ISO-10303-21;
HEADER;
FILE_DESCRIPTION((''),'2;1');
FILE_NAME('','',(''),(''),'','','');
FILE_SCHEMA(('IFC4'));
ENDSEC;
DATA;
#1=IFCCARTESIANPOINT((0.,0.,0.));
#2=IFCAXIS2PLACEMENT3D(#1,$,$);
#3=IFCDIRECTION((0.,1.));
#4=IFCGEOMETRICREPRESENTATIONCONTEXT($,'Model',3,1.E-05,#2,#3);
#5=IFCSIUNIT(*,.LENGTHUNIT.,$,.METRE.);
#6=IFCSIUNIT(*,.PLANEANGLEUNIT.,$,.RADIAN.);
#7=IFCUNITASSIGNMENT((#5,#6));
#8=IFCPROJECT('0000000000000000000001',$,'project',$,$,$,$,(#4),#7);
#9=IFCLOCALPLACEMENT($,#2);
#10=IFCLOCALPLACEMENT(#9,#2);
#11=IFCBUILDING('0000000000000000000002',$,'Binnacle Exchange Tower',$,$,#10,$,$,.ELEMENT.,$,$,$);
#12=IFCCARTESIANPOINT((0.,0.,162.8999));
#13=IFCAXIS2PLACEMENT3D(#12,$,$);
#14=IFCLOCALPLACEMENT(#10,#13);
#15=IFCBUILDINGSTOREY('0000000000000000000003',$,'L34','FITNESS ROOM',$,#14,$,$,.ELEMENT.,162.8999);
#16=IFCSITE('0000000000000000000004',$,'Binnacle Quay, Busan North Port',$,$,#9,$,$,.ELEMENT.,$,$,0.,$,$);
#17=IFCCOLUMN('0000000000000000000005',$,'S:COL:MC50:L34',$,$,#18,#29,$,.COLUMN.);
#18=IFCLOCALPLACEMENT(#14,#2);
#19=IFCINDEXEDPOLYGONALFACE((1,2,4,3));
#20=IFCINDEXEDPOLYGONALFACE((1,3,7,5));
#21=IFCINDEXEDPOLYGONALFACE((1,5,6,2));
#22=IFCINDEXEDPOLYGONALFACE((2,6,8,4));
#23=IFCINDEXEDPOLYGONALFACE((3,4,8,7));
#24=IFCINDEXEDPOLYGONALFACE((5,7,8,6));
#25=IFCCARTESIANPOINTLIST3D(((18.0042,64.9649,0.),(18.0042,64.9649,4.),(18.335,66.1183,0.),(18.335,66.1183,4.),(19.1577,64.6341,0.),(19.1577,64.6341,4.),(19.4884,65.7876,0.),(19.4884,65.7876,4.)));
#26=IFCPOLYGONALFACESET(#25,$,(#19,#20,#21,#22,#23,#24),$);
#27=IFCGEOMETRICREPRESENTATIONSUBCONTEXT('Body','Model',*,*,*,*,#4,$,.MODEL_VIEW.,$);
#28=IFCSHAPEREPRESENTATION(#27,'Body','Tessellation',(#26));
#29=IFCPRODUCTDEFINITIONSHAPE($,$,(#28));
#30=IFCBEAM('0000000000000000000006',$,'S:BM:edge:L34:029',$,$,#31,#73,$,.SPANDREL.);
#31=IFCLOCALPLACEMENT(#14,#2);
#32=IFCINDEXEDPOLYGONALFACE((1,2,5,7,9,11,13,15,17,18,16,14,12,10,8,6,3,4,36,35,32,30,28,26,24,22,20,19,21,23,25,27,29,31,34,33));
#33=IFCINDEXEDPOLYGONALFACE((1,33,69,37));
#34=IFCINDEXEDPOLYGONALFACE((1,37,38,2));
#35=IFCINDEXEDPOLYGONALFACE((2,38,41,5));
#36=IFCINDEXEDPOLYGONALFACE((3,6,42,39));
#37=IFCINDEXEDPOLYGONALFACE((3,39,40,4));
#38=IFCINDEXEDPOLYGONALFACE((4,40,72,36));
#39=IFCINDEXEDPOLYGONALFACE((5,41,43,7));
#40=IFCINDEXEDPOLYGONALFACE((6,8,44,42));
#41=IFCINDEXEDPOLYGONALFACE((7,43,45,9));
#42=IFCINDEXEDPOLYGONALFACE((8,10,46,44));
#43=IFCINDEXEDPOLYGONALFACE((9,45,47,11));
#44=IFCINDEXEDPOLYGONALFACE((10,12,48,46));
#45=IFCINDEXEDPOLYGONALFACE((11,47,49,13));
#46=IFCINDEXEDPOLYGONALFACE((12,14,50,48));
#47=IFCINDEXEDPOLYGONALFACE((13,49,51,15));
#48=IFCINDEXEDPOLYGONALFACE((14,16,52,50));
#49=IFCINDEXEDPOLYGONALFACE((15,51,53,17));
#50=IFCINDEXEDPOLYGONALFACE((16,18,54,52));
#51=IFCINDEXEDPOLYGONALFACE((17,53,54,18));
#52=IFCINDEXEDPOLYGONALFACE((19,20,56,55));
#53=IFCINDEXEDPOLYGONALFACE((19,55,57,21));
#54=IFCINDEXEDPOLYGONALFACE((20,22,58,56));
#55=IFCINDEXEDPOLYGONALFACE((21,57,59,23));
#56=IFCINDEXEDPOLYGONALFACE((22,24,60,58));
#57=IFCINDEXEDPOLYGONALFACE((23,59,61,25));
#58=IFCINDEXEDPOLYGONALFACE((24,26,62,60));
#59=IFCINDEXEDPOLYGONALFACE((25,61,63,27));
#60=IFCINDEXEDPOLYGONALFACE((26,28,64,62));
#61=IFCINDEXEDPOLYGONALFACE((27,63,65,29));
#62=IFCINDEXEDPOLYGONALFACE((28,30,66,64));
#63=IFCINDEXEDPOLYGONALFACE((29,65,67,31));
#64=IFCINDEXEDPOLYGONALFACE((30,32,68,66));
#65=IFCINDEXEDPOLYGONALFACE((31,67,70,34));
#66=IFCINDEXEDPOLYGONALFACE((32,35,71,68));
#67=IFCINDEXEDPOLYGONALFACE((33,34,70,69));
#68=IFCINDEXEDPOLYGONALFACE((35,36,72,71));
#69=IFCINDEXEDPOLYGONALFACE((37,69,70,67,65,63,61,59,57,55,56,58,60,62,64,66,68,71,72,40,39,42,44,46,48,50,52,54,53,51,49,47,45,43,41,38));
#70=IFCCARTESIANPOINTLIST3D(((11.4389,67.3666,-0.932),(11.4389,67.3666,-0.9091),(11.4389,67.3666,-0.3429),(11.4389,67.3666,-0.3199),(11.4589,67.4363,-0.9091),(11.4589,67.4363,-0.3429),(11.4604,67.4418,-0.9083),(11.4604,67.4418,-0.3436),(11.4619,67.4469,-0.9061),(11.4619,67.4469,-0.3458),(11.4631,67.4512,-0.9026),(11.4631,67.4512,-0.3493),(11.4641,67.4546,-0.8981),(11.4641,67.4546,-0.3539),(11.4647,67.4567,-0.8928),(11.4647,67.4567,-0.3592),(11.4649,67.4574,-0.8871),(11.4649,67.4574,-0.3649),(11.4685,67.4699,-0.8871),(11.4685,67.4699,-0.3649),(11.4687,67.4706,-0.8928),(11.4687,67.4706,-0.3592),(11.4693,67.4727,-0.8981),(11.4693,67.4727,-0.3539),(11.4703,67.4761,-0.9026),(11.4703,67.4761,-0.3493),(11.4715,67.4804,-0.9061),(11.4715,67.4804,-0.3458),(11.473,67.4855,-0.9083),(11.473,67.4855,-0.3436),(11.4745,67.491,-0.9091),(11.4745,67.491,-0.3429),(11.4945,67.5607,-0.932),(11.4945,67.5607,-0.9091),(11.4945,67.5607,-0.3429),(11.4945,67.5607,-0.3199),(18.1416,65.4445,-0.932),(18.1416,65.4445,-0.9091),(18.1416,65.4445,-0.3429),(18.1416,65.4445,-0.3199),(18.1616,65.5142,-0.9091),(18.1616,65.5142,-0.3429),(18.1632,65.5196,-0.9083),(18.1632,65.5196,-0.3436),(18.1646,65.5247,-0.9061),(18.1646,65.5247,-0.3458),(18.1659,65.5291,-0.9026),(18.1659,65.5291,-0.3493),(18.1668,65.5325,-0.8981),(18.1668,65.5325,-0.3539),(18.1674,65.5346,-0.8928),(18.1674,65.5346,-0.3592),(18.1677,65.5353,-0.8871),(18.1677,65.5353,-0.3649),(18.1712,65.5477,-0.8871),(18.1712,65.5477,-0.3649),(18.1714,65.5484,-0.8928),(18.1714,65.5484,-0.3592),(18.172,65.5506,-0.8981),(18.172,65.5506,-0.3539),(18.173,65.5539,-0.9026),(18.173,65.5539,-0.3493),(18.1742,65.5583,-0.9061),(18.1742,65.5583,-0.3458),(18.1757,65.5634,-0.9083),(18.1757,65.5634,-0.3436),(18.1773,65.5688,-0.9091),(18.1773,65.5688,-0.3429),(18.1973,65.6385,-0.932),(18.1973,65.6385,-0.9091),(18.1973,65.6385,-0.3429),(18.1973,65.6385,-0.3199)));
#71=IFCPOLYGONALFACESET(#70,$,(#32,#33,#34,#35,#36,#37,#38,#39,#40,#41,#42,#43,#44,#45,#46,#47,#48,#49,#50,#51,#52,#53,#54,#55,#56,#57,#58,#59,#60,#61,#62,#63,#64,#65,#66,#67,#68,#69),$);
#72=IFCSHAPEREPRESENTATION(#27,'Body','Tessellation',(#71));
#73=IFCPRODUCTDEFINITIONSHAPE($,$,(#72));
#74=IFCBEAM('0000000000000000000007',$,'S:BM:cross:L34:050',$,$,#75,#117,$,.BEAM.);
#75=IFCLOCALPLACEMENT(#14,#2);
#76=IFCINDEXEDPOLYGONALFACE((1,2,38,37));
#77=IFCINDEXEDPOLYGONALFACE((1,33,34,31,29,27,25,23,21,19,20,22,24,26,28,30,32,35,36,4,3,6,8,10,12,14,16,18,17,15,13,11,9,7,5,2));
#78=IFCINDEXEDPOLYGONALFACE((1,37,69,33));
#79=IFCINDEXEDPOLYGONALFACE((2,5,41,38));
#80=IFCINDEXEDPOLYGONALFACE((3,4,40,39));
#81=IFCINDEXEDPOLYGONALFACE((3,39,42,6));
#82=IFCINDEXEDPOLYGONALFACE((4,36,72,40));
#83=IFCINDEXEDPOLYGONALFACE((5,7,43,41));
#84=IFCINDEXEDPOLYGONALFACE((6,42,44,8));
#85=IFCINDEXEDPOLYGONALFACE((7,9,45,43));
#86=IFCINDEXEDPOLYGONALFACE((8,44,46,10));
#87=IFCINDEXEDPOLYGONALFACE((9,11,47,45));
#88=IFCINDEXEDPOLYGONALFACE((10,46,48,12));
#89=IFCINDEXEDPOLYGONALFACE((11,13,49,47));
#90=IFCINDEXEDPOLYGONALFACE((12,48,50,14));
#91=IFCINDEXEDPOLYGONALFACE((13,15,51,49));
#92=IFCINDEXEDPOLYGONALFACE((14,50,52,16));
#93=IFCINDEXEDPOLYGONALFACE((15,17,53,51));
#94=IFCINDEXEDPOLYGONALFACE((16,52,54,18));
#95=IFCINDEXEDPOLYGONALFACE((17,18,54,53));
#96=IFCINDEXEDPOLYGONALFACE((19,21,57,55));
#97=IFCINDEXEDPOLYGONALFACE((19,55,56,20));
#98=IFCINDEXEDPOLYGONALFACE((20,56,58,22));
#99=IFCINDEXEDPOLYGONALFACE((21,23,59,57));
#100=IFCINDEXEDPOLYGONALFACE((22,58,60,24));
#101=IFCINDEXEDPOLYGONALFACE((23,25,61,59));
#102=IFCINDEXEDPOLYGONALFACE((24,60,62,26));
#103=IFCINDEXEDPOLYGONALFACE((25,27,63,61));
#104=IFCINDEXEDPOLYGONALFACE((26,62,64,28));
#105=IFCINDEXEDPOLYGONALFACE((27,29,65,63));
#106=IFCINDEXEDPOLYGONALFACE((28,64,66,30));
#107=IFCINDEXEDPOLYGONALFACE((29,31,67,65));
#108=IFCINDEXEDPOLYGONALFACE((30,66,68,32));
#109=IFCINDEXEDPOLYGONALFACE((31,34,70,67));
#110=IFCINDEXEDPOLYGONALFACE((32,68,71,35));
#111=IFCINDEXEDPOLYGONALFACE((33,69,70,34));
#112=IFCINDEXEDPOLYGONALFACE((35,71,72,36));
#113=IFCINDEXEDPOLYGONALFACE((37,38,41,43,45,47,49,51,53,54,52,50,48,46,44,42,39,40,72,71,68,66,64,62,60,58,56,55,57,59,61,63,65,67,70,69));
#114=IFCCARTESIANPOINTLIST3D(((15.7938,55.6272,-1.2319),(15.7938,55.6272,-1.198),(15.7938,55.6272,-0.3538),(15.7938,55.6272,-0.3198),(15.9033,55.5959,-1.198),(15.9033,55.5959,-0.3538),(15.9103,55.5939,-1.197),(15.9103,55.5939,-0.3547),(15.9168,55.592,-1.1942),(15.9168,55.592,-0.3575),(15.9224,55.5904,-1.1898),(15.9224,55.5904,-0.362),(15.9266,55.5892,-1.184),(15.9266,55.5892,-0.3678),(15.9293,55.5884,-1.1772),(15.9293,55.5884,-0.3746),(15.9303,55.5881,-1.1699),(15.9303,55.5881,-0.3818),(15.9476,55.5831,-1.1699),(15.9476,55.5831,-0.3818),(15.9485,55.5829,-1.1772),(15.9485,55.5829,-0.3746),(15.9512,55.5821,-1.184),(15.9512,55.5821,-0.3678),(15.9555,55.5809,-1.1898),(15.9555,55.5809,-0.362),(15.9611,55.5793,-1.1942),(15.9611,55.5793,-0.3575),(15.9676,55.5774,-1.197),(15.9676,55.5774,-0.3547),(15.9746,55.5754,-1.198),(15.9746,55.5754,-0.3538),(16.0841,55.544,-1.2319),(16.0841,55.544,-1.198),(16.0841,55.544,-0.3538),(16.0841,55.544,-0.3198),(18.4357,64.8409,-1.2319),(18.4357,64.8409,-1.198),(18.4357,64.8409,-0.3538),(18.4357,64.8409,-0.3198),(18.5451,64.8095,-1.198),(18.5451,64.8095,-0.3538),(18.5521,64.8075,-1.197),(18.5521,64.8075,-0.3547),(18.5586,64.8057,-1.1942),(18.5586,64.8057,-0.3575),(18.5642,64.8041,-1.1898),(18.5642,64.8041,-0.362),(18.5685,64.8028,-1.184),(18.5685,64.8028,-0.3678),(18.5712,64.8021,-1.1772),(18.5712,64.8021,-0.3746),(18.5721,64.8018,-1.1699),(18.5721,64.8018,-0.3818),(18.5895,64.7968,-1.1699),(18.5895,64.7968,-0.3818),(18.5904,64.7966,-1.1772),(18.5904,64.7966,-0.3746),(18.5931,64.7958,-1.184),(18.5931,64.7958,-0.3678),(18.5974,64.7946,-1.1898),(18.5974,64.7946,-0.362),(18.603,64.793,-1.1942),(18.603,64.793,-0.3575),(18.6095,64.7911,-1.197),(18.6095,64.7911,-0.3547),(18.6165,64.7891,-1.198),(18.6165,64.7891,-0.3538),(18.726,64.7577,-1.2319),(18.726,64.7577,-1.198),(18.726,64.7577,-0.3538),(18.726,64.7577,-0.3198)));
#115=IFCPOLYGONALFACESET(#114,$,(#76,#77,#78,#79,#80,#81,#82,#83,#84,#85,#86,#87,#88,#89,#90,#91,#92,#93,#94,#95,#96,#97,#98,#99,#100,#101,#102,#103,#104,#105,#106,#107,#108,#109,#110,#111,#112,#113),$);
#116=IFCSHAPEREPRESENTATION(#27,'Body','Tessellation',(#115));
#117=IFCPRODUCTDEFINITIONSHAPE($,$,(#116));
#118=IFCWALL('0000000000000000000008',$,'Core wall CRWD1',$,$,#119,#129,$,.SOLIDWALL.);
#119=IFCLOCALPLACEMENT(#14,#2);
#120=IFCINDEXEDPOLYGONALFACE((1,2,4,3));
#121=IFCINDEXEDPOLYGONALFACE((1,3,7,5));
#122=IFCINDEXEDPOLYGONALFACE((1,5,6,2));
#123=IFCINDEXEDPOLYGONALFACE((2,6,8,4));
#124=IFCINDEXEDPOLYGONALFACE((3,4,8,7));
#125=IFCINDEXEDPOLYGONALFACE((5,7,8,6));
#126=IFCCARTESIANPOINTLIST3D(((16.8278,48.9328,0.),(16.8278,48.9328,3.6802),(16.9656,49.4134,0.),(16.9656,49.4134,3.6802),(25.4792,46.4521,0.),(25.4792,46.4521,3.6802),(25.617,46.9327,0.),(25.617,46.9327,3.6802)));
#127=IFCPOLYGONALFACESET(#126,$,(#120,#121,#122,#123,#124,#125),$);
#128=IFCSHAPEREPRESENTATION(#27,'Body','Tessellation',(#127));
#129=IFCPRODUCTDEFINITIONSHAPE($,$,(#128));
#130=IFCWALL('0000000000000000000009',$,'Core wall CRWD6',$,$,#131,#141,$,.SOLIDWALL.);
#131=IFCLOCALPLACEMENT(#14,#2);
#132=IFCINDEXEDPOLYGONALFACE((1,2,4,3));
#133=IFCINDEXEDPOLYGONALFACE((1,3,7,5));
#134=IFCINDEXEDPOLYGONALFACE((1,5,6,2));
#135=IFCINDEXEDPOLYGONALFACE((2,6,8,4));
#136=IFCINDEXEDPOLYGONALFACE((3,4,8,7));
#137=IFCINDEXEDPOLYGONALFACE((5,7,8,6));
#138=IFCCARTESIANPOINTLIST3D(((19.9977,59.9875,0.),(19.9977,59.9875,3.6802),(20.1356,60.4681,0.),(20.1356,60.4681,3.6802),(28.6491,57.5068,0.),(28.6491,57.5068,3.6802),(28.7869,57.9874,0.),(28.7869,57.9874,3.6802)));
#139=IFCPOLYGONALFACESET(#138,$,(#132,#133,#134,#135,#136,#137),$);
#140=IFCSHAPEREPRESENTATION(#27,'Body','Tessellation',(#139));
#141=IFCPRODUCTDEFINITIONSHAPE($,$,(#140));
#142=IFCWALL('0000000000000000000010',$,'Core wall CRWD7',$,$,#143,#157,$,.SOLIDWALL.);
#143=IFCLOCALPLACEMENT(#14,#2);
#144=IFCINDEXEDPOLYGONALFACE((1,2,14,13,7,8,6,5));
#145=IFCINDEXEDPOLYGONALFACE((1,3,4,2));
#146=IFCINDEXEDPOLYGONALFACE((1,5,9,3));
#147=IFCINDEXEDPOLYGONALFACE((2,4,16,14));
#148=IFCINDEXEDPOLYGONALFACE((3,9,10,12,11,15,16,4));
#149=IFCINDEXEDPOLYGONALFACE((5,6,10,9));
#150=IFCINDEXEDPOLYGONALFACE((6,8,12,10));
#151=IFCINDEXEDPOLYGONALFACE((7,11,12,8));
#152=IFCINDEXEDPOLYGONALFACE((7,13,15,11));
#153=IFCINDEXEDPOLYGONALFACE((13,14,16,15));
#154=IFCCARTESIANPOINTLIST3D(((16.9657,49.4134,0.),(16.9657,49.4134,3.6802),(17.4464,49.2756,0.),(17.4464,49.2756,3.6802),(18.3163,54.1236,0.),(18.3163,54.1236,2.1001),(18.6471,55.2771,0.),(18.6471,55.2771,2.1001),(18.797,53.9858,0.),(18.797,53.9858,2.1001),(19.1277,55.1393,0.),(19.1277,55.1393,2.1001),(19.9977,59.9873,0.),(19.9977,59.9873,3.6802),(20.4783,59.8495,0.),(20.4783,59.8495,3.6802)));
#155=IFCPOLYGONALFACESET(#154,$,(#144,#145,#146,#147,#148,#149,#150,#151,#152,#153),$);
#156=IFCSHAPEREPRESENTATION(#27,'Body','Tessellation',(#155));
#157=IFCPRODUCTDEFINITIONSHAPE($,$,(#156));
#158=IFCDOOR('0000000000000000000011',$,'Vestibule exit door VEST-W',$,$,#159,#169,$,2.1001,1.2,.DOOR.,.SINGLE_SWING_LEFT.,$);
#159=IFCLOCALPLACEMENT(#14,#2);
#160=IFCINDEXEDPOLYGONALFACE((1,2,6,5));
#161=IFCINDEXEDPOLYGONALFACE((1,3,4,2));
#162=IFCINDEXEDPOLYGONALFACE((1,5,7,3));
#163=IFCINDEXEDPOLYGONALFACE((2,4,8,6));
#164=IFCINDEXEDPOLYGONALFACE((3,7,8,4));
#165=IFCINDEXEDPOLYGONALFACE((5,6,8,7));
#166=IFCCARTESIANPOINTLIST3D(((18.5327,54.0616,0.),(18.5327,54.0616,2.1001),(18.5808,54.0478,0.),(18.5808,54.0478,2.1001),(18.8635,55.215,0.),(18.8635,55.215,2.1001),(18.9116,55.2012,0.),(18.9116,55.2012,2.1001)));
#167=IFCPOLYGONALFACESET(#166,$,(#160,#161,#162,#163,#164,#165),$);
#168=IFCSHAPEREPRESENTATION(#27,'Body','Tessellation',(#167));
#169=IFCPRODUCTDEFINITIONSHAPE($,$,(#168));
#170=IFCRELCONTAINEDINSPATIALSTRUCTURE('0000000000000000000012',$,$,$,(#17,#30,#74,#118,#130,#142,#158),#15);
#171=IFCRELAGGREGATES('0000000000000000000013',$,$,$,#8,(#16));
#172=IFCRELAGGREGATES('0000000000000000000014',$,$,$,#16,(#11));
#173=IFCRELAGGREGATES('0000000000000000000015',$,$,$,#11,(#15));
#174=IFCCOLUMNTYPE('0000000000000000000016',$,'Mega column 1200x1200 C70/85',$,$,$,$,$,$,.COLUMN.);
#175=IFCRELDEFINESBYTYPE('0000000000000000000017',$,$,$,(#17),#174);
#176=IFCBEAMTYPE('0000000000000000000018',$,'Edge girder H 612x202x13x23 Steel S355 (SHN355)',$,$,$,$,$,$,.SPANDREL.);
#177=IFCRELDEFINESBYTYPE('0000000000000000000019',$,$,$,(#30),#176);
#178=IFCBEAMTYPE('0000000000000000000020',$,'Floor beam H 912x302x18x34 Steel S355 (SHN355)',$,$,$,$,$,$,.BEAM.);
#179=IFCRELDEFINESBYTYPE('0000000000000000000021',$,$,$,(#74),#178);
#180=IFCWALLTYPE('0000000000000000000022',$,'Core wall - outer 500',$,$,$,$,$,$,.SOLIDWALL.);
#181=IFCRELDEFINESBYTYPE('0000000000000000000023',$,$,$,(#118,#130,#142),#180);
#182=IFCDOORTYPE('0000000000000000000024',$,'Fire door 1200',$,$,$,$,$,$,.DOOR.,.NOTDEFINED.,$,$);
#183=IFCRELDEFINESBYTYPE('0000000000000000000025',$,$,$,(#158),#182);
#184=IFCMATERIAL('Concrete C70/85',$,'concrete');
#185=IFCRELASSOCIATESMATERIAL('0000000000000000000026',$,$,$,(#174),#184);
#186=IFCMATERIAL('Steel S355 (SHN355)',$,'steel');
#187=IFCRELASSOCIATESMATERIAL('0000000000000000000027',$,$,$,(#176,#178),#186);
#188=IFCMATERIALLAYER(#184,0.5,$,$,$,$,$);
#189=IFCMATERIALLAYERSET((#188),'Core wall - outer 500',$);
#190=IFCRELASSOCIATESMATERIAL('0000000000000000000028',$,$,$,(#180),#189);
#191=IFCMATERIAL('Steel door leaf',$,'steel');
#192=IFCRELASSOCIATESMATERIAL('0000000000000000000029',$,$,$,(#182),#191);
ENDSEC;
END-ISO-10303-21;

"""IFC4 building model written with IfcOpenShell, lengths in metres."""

from ifc_helpers import new_model, si_unit, direction, frame, frame_2d, origin, origin_2d, place, context, subcontext, project, spatial, rectangle, i_section, extrude, material, layer, layer_set, material_profile, profile_set, type_object, element, fill, save


model = new_model("IFC4")

# Units and contexts
model_context = context("Model", 3, precision=1e-05, world=origin(), true_north=direction((0.0, 1.0)))
body_context = subcontext(model_context, "Body", "Model", "MODEL_VIEW")
ifc_project = project(units=[si_unit("LENGTHUNIT", "METRE"), si_unit("PLANEANGLEUNIT", "RADIAN")], contexts=[model_context])

# Site, building, storey
site_placement = place(None, origin())
site = spatial("IfcSite", under=ifc_project, at=site_placement, Name="Binnacle Quay, Busan North Port", CompositionType="ELEMENT", RefElevation=0.0)
building_placement = place(site_placement, origin())
building = spatial("IfcBuilding", under=site, at=building_placement, Name="Binnacle Exchange Tower", CompositionType="ELEMENT")
storey_placement = place(building_placement, frame((0.0, 0.0, 162.8999)))
storey = spatial("IfcBuildingStorey", under=building, at=storey_placement, Name="L34", Description="FITNESS ROOM", CompositionType="ELEMENT", Elevation=162.8999)

# Column
ifc_material_1 = material(Name="Concrete C70/85", Category="concrete")
ifc_material_profile_1 = material_profile(ifc_material_1, rectangle(XDim=1.2, YDim=1.2, at=origin_2d()), Name="Mega column 1200x1200 C70/85")
ifc_profile_set_1 = profile_set([ifc_material_profile_1], Name="Concrete C70/85")
column_type = type_object("IfcColumnType", Name="Mega column 1200x1200 C70/85", PredefinedType="COLUMN", material=ifc_profile_set_1)
column_placement = place(storey_placement, frame((18.7463, 65.3762, 0.0), z_axis=(0.0, 0.0, 1.0), x_axis=(-0.961262, 0.275637, 0.0)))
element("IfcColumn", 1, at=column_placement, inside=storey, type_object=column_type, Name="S:COL:MC50:L34", PredefinedType="COLUMN", context=body_context, shape_type="SweptSolid", body=[
    extrude(rectangle(XDim=1.2, YDim=1.2, at=origin_2d()), origin(), (0.0, 0.0, 1.0), 4.0),
])

# Beams
ifc_material_2 = material(Name="Steel S355 (SHN355)", Category="steel")
ifc_material_profile_2 = material_profile(ifc_material_2, i_section(OverallWidth=0.2019, OverallDepth=0.6121, WebThickness=0.0129, FlangeThickness=0.0229, FilletRadius=0.022, at=origin_2d()), Name="H 612x202x13x23")
ifc_profile_set_2 = profile_set([ifc_material_profile_2], Name="Steel S355 (SHN355)")
beam_type_1 = type_object("IfcBeamType", Name="Edge girder H 612x202x13x23 Steel S355 (SHN355)", PredefinedType="SPANDREL", material=ifc_profile_set_2)
beam_1_placement = place(storey_placement, frame((18.1694, 65.5415, -0.626), z_axis=(-0.961255, 0.27566, 0.0), x_axis=(-0.27566, -0.961255, 0.0)))
element("IfcBeam", 2, at=beam_1_placement, inside=storey, type_object=beam_type_1, Name="S:BM:edge:L34:029", PredefinedType="SPANDREL", context=body_context, shape_type="SweptSolid", body=[
    extrude(i_section(OverallWidth=0.2019, OverallDepth=0.6121, WebThickness=0.0129, FlangeThickness=0.0229, FilletRadius=0.022, at=origin_2d()), origin(), (0.0, 0.0, 1.0), 6.9729),
])
ifc_material_profile_3 = material_profile(ifc_material_2, i_section(OverallWidth=0.302, OverallDepth=0.9121, WebThickness=0.0181, FlangeThickness=0.0339, FilletRadius=0.0281, at=origin_2d()), Name="H 912x302x18x34")
ifc_profile_set_3 = profile_set([ifc_material_profile_3], Name="Steel S355 (SHN355)")
beam_type_2 = type_object("IfcBeamType", Name="Floor beam H 912x302x18x34 Steel S355 (SHN355)", PredefinedType="BEAM", material=ifc_profile_set_3)
beam_2_placement = place(storey_placement, frame((18.5808, 64.7993, -0.7759), z_axis=(-0.275626, -0.961265, 0.0), x_axis=(0.961265, -0.275626, 0.0)))
element("IfcBeam", 3, at=beam_2_placement, inside=storey, type_object=beam_type_2, Name="S:BM:cross:L34:050", PredefinedType="BEAM", context=body_context, shape_type="SweptSolid", body=[
    extrude(i_section(OverallWidth=0.302, OverallDepth=0.9121, WebThickness=0.0181, FlangeThickness=0.0339, FilletRadius=0.0281, at=origin_2d()), origin(), (0.0, 0.0, 1.0), 9.585),
])

# Walls
ifc_layer_1 = layer(ifc_material_1, 0.5)
ifc_layer_set_1 = layer_set([ifc_layer_1], Name="Core wall - outer 500")
wall_type_1 = type_object("IfcWallType", Name="Core wall - outer 500", PredefinedType="SOLIDWALL", material=ifc_layer_set_1)
for number, where, z_axis, x_axis, name in (
    (4, (16.8967, 49.1731, 0.0), (0.0, 0.0, 1.0), (0.961262, -0.275635, 0.0), "Core wall CRWD1"),
    (5, (20.0667, 60.2278, 0.0), (0.0, 0.0, 1.0), (0.961262, -0.275635, 0.0), "Core wall CRWD6"),
):
    element("IfcWall", number, at=place(storey_placement, frame(where, z_axis=z_axis, x_axis=x_axis)), inside=storey, type_object=wall_type_1, Name=name, PredefinedType="SOLIDWALL", context=body_context, shape_type="SweptSolid", body=[
        extrude(rectangle(XDim=9.0, YDim=0.5, at=frame_2d((4.5, 0.0))), origin(), (0.0, 0.0, 1.0), 3.6802),
    ])

# Wall, opening, door
wall_1_placement = place(storey_placement, frame((17.2061, 49.3445, 0.0), z_axis=(0.0, 0.0, 1.0), x_axis=(0.275633, 0.961263, 0.0)))
wall_1 = element("IfcWall", 6, at=wall_1_placement, inside=storey, type_object=wall_type_1, Name="Core wall CRWD7", PredefinedType="SOLIDWALL", context=body_context, shape_type="SweptSolid", body=[
    extrude(rectangle(XDim=11.0, YDim=0.5, at=frame_2d((5.5, 0.0))), origin(), (0.0, 0.0, 1.0), 3.6802),
])
opening_1_placement = place(wall_1_placement, frame((4.8999, 0.0, 0.0)))
opening_1 = element("IfcOpeningElement", 7, at=opening_1_placement, cuts=wall_1, PredefinedType="OPENING", context=body_context, shape_type="SweptSolid", body=[
    extrude(rectangle(XDim=1.2, YDim=2.1001, at=frame_2d((0.6001, 1.05))), frame((0.0, 0.26, 0.0), z_axis=(0.0, -1.0, 0.0), x_axis=(1.0, 0.0, 0.0)), (0.0, 0.0, 1.0), 0.52),
])
ifc_material_3 = material(Name="Steel door leaf", Category="steel")
door_type_1 = type_object("IfcDoorType", Name="Fire door 1200", OperationType="NOTDEFINED", PredefinedType="DOOR", material=ifc_material_3)
door_1_placement = place(opening_1_placement, origin())
door_1 = element("IfcDoor", 8, at=door_1_placement, inside=storey, type_object=door_type_1, Name="Vestibule exit door VEST-W", OperationType="SINGLE_SWING_LEFT", OverallHeight=2.1001, OverallWidth=1.2, PredefinedType="DOOR", context=body_context, shape_type="SweptSolid", body=[
    extrude(rectangle(XDim=1.2, YDim=2.1001, at=frame_2d((0.6001, 1.05))), frame((0.0, 0.0249, 0.0), z_axis=(0.0, -1.0, 0.0), x_axis=(1.0, 0.0, 0.0)), (0.0, 0.0, 1.0), 0.05),
])
fill(opening_1, door_1)

save(model, "model.ifc")
